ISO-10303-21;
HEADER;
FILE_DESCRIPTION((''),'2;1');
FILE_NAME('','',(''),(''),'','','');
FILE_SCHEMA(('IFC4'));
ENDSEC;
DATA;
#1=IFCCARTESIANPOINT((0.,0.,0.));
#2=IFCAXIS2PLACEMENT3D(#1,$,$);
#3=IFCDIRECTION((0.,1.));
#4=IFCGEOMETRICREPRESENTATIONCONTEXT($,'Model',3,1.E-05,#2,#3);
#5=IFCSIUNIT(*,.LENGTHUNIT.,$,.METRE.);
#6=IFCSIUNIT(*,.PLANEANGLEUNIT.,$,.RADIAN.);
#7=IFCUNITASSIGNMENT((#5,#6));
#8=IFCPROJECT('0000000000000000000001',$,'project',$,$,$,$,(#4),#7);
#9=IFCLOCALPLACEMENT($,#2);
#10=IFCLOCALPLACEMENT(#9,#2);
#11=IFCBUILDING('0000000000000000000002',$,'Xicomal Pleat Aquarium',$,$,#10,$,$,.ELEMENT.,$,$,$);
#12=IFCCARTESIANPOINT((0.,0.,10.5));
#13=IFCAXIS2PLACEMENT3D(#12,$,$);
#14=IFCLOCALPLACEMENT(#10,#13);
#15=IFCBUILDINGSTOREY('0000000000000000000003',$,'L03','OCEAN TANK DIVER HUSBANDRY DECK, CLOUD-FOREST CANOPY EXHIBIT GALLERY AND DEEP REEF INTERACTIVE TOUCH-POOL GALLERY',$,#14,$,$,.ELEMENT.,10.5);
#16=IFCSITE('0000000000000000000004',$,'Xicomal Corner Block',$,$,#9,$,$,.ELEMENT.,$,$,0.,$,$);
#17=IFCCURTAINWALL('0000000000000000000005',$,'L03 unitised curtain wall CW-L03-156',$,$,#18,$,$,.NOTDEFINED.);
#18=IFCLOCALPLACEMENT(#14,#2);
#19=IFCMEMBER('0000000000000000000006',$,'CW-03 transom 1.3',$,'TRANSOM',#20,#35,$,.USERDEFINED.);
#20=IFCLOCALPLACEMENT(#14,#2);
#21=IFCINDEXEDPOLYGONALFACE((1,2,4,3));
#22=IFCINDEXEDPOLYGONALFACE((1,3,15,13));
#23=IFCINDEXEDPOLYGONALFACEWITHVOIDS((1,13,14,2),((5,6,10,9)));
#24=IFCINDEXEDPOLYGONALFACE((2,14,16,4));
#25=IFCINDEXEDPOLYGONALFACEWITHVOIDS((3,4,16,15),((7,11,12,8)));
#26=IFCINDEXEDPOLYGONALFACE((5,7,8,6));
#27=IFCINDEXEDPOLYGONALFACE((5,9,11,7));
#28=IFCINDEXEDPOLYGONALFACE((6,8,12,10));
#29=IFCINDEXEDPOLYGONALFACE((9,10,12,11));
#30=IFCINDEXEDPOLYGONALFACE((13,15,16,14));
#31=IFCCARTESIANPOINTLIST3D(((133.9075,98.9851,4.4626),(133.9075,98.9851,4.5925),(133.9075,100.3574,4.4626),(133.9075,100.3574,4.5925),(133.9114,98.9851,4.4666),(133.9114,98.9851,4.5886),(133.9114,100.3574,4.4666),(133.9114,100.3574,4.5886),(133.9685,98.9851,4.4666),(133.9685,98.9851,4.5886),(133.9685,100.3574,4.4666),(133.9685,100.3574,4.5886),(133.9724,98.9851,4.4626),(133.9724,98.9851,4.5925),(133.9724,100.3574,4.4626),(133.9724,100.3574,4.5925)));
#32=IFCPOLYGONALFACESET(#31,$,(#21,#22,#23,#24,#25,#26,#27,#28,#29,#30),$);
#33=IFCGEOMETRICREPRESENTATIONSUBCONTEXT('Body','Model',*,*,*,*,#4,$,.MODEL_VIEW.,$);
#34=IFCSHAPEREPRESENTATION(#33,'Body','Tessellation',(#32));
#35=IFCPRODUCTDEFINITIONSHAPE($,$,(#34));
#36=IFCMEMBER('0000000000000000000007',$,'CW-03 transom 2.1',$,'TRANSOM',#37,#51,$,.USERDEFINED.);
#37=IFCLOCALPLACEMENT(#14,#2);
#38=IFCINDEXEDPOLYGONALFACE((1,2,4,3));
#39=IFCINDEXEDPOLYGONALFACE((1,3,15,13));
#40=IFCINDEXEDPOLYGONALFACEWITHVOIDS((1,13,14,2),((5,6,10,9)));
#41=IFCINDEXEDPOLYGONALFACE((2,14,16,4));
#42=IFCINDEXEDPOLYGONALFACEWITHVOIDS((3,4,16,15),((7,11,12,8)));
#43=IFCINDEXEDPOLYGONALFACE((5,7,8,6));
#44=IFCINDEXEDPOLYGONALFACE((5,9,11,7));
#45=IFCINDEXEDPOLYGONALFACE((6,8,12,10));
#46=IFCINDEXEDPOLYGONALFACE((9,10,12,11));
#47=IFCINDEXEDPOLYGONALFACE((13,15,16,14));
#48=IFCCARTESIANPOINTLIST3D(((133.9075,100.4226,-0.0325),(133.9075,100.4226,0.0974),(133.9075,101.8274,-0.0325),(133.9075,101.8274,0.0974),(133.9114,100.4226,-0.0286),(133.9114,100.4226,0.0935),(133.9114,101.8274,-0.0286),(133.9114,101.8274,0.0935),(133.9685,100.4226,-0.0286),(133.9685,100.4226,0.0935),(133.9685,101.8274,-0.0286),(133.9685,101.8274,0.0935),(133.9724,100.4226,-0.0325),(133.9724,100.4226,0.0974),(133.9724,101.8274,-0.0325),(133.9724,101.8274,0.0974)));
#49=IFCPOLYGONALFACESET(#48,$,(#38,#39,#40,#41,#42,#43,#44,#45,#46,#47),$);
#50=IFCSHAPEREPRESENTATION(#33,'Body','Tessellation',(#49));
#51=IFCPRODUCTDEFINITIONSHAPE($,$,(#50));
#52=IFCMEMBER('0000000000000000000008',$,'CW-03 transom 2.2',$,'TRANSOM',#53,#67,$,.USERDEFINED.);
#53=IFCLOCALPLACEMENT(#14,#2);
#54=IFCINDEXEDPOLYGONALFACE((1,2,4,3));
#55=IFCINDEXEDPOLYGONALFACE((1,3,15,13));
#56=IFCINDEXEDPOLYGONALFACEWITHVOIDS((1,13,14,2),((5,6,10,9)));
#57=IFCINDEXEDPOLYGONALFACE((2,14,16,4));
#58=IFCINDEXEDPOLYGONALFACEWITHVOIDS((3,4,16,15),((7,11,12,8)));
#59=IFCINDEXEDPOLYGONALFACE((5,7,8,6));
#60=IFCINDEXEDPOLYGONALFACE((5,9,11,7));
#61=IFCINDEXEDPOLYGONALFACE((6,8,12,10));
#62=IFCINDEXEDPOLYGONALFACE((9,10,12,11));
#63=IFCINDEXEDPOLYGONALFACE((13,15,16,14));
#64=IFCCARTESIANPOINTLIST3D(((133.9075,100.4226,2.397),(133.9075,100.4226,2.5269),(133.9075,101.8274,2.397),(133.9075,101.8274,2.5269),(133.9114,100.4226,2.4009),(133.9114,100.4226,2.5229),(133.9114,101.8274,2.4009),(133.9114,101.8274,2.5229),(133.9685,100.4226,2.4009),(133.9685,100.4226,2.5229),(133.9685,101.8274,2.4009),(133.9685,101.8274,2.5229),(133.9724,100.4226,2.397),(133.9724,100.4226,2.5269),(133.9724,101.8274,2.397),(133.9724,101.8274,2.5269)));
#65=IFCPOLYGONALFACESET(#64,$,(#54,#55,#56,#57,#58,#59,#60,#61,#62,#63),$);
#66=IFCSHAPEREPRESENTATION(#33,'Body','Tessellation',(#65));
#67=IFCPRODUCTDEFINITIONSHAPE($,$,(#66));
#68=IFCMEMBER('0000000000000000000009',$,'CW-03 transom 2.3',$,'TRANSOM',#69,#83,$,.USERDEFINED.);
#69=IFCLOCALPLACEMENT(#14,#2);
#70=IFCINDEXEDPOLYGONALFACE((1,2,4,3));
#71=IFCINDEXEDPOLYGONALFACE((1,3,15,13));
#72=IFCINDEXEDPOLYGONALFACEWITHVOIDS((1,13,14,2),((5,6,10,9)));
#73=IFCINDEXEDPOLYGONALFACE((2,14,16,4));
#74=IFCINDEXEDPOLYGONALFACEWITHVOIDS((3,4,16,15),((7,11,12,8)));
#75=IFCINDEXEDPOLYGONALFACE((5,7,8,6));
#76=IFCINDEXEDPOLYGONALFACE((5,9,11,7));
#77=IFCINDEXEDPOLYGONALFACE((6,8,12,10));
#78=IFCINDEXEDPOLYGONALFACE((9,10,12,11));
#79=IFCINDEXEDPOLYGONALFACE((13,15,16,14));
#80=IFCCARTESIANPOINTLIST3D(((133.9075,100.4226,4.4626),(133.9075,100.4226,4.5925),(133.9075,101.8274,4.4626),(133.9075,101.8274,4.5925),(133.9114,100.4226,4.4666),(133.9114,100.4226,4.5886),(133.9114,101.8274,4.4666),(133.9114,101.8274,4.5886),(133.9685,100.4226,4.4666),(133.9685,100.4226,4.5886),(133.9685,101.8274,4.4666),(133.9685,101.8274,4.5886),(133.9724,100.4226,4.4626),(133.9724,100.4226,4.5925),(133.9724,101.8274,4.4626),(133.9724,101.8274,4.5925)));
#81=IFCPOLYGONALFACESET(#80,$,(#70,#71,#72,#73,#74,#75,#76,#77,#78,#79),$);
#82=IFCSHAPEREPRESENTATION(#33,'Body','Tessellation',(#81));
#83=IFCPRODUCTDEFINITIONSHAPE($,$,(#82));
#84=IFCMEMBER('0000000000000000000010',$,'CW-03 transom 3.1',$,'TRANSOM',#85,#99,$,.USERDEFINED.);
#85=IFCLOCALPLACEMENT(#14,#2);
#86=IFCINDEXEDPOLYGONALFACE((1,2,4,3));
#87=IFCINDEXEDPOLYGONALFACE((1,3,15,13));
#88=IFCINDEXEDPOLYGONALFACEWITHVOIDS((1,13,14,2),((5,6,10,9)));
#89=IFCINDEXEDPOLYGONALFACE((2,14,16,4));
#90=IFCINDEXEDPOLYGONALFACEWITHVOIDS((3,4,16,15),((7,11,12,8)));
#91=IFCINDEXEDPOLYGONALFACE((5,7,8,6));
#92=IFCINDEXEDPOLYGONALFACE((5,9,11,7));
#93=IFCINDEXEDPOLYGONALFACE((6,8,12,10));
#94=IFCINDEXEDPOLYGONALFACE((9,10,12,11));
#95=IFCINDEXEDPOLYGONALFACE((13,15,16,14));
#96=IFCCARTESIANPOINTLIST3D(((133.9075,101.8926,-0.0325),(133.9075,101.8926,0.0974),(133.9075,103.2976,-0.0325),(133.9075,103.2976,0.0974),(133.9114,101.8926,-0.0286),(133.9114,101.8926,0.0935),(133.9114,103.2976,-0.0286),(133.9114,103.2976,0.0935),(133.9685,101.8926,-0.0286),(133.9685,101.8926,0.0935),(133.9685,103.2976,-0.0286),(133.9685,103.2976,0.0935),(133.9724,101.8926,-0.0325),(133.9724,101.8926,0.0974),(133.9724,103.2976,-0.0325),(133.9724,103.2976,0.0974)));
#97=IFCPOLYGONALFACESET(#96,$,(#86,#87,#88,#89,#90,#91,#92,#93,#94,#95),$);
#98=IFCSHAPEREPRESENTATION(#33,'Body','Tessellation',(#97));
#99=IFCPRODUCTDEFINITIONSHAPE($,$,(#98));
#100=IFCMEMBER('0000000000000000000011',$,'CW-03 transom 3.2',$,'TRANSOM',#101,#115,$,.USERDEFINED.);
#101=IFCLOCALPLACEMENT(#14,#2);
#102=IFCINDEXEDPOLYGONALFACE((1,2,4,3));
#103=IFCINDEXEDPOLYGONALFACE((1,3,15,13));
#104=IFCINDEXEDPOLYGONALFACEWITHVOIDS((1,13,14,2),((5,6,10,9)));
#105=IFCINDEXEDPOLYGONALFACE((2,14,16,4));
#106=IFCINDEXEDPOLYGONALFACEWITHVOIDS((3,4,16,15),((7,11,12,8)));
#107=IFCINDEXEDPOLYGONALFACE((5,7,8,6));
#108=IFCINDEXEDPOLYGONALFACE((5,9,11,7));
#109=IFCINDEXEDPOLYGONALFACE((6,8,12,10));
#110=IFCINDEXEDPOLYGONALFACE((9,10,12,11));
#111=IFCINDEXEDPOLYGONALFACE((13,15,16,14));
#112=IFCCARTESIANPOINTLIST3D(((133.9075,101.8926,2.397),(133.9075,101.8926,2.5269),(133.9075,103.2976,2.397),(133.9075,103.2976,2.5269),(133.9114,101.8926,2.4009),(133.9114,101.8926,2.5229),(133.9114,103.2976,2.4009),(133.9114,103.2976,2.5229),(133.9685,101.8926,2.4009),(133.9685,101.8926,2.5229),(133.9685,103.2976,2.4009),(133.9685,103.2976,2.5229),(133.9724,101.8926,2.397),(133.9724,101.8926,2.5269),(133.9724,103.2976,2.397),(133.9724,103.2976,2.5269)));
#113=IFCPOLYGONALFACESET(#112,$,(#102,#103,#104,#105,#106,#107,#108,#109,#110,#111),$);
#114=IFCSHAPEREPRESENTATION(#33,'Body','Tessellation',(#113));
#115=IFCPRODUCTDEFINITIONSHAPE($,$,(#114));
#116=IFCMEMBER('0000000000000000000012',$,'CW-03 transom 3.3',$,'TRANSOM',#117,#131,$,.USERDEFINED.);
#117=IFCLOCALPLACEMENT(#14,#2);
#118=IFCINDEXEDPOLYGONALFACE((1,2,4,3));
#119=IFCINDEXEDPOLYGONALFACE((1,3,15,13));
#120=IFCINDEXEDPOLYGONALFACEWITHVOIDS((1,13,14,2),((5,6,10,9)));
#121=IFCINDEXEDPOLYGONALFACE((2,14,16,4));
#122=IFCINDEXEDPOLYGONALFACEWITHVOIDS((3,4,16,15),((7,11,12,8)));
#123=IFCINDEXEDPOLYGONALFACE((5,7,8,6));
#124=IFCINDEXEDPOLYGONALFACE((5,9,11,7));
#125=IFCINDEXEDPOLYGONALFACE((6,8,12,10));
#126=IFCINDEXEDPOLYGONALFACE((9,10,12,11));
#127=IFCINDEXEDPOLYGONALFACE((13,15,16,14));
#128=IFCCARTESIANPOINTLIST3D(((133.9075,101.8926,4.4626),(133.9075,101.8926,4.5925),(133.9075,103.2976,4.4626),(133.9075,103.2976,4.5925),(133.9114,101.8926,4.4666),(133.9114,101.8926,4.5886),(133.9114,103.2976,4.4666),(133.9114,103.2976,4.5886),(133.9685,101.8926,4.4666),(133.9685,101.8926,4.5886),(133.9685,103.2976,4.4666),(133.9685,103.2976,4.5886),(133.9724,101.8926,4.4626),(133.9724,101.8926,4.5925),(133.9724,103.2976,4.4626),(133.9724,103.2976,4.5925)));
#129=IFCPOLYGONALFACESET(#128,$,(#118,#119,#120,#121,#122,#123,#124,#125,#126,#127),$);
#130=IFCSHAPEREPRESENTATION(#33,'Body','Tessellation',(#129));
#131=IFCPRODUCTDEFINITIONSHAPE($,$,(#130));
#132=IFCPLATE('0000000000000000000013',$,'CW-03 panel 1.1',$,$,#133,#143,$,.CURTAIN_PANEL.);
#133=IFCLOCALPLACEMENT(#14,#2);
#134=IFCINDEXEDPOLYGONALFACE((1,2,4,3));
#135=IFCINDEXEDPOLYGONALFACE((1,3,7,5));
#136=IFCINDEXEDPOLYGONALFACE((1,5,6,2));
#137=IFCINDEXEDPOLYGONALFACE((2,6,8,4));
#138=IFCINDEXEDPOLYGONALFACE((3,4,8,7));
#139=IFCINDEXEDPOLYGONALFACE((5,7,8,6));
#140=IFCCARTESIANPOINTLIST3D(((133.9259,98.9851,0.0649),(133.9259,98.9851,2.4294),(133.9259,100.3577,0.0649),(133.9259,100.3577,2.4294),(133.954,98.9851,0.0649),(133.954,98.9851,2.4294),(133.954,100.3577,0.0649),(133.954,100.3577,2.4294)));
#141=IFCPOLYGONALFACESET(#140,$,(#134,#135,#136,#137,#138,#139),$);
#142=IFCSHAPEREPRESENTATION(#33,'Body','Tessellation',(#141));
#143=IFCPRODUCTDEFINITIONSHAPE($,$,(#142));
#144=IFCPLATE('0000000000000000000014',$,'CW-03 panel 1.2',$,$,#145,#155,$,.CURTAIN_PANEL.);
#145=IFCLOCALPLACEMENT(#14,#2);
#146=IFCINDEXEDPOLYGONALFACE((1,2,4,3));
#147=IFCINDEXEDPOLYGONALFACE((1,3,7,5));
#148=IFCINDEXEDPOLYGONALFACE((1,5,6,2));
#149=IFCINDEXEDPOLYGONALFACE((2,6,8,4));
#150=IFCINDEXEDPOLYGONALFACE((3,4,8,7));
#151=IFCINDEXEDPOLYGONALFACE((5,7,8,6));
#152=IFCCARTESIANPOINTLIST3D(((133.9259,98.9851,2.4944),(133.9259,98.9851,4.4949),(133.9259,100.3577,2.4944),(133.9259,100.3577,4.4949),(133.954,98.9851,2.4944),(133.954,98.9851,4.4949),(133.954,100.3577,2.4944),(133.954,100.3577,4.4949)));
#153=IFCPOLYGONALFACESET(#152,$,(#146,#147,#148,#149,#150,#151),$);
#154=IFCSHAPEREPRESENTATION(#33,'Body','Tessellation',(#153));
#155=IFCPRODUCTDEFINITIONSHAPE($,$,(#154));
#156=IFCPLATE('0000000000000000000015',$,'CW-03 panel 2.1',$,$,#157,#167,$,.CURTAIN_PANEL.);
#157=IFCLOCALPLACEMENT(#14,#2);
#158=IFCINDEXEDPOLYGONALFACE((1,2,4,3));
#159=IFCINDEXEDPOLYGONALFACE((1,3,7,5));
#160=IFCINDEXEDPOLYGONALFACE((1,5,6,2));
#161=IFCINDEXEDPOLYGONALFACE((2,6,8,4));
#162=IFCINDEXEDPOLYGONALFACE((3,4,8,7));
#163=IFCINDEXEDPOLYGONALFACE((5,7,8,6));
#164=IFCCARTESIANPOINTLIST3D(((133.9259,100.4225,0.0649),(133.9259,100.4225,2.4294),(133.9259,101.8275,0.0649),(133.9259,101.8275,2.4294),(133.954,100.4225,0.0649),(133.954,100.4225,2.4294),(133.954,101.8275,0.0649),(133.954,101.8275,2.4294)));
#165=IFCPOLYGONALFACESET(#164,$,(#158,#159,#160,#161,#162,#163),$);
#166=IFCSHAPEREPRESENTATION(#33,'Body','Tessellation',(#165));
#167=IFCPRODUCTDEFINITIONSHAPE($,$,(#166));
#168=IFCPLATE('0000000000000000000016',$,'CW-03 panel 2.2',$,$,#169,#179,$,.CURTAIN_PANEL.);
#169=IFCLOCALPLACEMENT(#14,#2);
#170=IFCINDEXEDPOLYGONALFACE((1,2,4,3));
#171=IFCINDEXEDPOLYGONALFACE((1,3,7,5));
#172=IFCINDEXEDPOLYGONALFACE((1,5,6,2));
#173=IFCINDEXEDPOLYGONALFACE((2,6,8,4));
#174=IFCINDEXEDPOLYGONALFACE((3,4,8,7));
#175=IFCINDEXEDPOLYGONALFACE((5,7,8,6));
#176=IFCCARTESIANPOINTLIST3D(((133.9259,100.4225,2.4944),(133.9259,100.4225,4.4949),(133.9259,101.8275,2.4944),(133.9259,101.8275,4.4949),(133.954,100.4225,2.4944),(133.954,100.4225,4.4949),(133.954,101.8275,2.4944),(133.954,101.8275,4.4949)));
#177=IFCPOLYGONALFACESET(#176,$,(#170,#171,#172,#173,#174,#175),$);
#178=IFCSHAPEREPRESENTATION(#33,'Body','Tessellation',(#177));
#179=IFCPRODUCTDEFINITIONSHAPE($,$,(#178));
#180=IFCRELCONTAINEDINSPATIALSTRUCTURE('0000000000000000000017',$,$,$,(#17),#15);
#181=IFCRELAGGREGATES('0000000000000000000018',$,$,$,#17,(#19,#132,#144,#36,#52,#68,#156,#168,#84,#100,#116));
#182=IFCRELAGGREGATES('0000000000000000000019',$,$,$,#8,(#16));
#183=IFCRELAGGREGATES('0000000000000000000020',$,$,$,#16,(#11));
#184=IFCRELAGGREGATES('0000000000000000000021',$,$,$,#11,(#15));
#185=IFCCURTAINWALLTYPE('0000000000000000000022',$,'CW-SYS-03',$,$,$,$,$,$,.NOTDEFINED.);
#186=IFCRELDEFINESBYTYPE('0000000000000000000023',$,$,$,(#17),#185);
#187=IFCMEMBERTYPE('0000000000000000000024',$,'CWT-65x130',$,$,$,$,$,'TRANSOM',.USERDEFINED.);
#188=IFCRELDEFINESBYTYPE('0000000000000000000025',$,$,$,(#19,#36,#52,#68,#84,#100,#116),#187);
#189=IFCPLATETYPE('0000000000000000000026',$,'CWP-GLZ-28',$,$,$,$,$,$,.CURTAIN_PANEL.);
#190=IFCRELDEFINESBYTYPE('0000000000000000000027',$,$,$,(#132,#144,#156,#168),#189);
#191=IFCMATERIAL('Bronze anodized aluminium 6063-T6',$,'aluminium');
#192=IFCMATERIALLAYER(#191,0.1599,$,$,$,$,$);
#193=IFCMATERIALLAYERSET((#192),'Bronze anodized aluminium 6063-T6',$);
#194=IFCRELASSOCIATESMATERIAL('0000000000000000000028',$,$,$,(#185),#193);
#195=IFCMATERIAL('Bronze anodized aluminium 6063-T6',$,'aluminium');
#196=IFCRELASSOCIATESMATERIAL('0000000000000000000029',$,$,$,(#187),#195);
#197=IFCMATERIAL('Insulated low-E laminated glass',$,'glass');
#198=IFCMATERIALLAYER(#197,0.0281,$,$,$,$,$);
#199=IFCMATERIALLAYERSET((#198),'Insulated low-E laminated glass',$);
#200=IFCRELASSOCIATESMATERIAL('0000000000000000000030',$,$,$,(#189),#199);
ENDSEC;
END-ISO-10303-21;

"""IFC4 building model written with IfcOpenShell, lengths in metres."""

from ifc_helpers import new_model, si_unit, direction, frame, origin, origin_2d, place, context, subcontext, project, spatial, rectangle, hollow_rectangle, extrude, material, layer, layer_set, material_profile, profile_set, type_object, element, aggregate, save


model = new_model("IFC4")

# Units and contexts
model_context = context("Model", 3, precision=1e-05, world=origin(), true_north=direction((0.0, 1.0)))
body_context = subcontext(model_context, "Body", "Model", "MODEL_VIEW")
ifc_project = project(units=[si_unit("LENGTHUNIT", "METRE"), si_unit("PLANEANGLEUNIT", "RADIAN")], contexts=[model_context])

# Site, building, storey
site_placement = place(None, origin())
site = spatial("IfcSite", under=ifc_project, at=site_placement, Name="Xicomal Corner Block", CompositionType="ELEMENT", RefElevation=0.0)
building_placement = place(site_placement, origin())
building = spatial("IfcBuilding", under=site, at=building_placement, Name="Xicomal Pleat Aquarium", CompositionType="ELEMENT")
storey_placement = place(building_placement, frame((0.0, 0.0, 10.5)))
storey = spatial("IfcBuildingStorey", under=building, at=storey_placement, Name="L03", Description="OCEAN TANK DIVER HUSBANDRY DECK, CLOUD-FOREST CANOPY EXHIBIT GALLERY AND DEEP REEF INTERACTIVE TOUCH-POOL GALLERY", CompositionType="ELEMENT", Elevation=10.5)

# Curtain wall, members, plates
ifc_material_1 = material(Name="Bronze anodized aluminium 6063-T6", Category="aluminium")
ifc_layer_1 = layer(ifc_material_1, 0.1599)
ifc_layer_set_1 = layer_set([ifc_layer_1], Name="Bronze anodized aluminium 6063-T6")
curtain_wall_type = type_object("IfcCurtainWallType", Name="CW-SYS-03", PredefinedType="NOTDEFINED", material=ifc_layer_set_1)
curtain_wall_placement = place(storey_placement, origin())
curtain_wall = element("IfcCurtainWall", 1, at=curtain_wall_placement, inside=storey, type_object=curtain_wall_type, Name="L03 unitised curtain wall CW-L03-156", PredefinedType="NOTDEFINED")
ifc_material_2 = material(Name="Bronze anodized aluminium 6063-T6", Category="aluminium")
ifc_material_profile_1 = material_profile(ifc_material_2, hollow_rectangle(XDim=0.0649, YDim=0.1299, WallThickness=0.0039, at=origin_2d()), Name="ALU TRAN 65x130")
ifc_profile_set_1 = profile_set([ifc_material_profile_1], Name="Bronze anodized aluminium 6063-T6")
member_type_1 = type_object("IfcMemberType", Name="CWT-65x130", ElementType="TRANSOM", PredefinedType="USERDEFINED", material=ifc_profile_set_1)
member_1_placement = place(storey_placement, frame((133.9399, 98.9851, 4.5276), z_axis=(0.0, 1.0, 0.0), x_axis=(-1.0, 0.0, 0.0)))
member_1 = element("IfcMember", 2, at=member_1_placement, type_object=member_type_1, Name="CW-03 transom 1.3", ObjectType="TRANSOM", PredefinedType="USERDEFINED", context=body_context, shape_type="SweptSolid", body=[
    extrude(hollow_rectangle(XDim=0.0649, YDim=0.1299, WallThickness=0.0039, at=origin_2d()), origin(), (0.0, 0.0, 1.0), 1.3723),
])
member_2_placement = place(storey_placement, frame((133.9399, 100.4226, 0.0325), z_axis=(0.0, 1.0, 0.0), x_axis=(-1.0, 0.0, 0.0)))
member_2 = element("IfcMember", 3, at=member_2_placement, type_object=member_type_1, Name="CW-03 transom 2.1", ObjectType="TRANSOM", PredefinedType="USERDEFINED", context=body_context, shape_type="SweptSolid", body=[
    extrude(hollow_rectangle(XDim=0.0649, YDim=0.1299, WallThickness=0.0039, at=origin_2d()), origin(), (0.0, 0.0, 1.0), 1.4048),
])
member_3_placement = place(storey_placement, frame((133.9399, 100.4226, 2.4619), z_axis=(0.0, 1.0, 0.0), x_axis=(-1.0, 0.0, 0.0)))
member_3 = element("IfcMember", 4, at=member_3_placement, type_object=member_type_1, Name="CW-03 transom 2.2", ObjectType="TRANSOM", PredefinedType="USERDEFINED", context=body_context, shape_type="SweptSolid", body=[
    extrude(hollow_rectangle(XDim=0.0649, YDim=0.1299, WallThickness=0.0039, at=origin_2d()), origin(), (0.0, 0.0, 1.0), 1.4048),
])
member_4_placement = place(storey_placement, frame((133.9399, 100.4226, 4.5276), z_axis=(0.0, 1.0, 0.0), x_axis=(-1.0, 0.0, 0.0)))
member_4 = element("IfcMember", 5, at=member_4_placement, type_object=member_type_1, Name="CW-03 transom 2.3", ObjectType="TRANSOM", PredefinedType="USERDEFINED", context=body_context, shape_type="SweptSolid", body=[
    extrude(hollow_rectangle(XDim=0.0649, YDim=0.1299, WallThickness=0.0039, at=origin_2d()), origin(), (0.0, 0.0, 1.0), 1.4048),
])
member_5_placement = place(storey_placement, frame((133.9399, 101.8926, 0.0325), z_axis=(0.0, 1.0, 0.0), x_axis=(-1.0, 0.0, 0.0)))
member_5 = element("IfcMember", 6, at=member_5_placement, type_object=member_type_1, Name="CW-03 transom 3.1", ObjectType="TRANSOM", PredefinedType="USERDEFINED", context=body_context, shape_type="SweptSolid", body=[
    extrude(hollow_rectangle(XDim=0.0649, YDim=0.1299, WallThickness=0.0039, at=origin_2d()), origin(), (0.0, 0.0, 1.0), 1.405),
])
member_6_placement = place(storey_placement, frame((133.9399, 101.8926, 2.4619), z_axis=(0.0, 1.0, 0.0), x_axis=(-1.0, 0.0, 0.0)))
member_6 = element("IfcMember", 7, at=member_6_placement, type_object=member_type_1, Name="CW-03 transom 3.2", ObjectType="TRANSOM", PredefinedType="USERDEFINED", context=body_context, shape_type="SweptSolid", body=[
    extrude(hollow_rectangle(XDim=0.0649, YDim=0.1299, WallThickness=0.0039, at=origin_2d()), origin(), (0.0, 0.0, 1.0), 1.405),
])
member_7_placement = place(storey_placement, frame((133.9399, 101.8926, 4.5276), z_axis=(0.0, 1.0, 0.0), x_axis=(-1.0, 0.0, 0.0)))
member_7 = element("IfcMember", 8, at=member_7_placement, type_object=member_type_1, Name="CW-03 transom 3.3", ObjectType="TRANSOM", PredefinedType="USERDEFINED", context=body_context, shape_type="SweptSolid", body=[
    extrude(hollow_rectangle(XDim=0.0649, YDim=0.1299, WallThickness=0.0039, at=origin_2d()), origin(), (0.0, 0.0, 1.0), 1.405),
])
ifc_material_3 = material(Name="Insulated low-E laminated glass", Category="glass")
ifc_layer_2 = layer(ifc_material_3, 0.0281)
ifc_layer_set_2 = layer_set([ifc_layer_2], Name="Insulated low-E laminated glass")
plate_type = type_object("IfcPlateType", Name="CWP-GLZ-28", PredefinedType="CURTAIN_PANEL", material=ifc_layer_set_2)
plate_1_placement = place(storey_placement, frame((133.9399, 99.6714, 0.0649), z_axis=(0.0, 0.0, 1.0), x_axis=(0.0, 1.0, 0.0)))
plate_1 = element("IfcPlate", 9, at=plate_1_placement, type_object=plate_type, Name="CW-03 panel 1.1", PredefinedType="CURTAIN_PANEL", context=body_context, shape_type="SweptSolid", body=[
    extrude(rectangle(XDim=1.3726, YDim=0.0281, at=origin_2d()), origin(), (0.0, 0.0, 1.0), 2.3645),
])
plate_2_placement = place(storey_placement, frame((133.9399, 99.6714, 2.4944), z_axis=(0.0, 0.0, 1.0), x_axis=(0.0, 1.0, 0.0)))
plate_2 = element("IfcPlate", 10, at=plate_2_placement, type_object=plate_type, Name="CW-03 panel 1.2", PredefinedType="CURTAIN_PANEL", context=body_context, shape_type="SweptSolid", body=[
    extrude(rectangle(XDim=1.3726, YDim=0.0281, at=origin_2d()), origin(), (0.0, 0.0, 1.0), 2.0005),
])
plate_3_placement = place(storey_placement, frame((133.9399, 101.125, 0.0649), z_axis=(0.0, 0.0, 1.0), x_axis=(0.0, 1.0, 0.0)))
plate_3 = element("IfcPlate", 11, at=plate_3_placement, type_object=plate_type, Name="CW-03 panel 2.1", PredefinedType="CURTAIN_PANEL", context=body_context, shape_type="SweptSolid", body=[
    extrude(rectangle(XDim=1.405, YDim=0.0281, at=origin_2d()), origin(), (0.0, 0.0, 1.0), 2.3645),
])
plate_4_placement = place(storey_placement, frame((133.9399, 101.125, 2.4944), z_axis=(0.0, 0.0, 1.0), x_axis=(0.0, 1.0, 0.0)))
plate_4 = element("IfcPlate", 12, at=plate_4_placement, type_object=plate_type, Name="CW-03 panel 2.2", PredefinedType="CURTAIN_PANEL", context=body_context, shape_type="SweptSolid", body=[
    extrude(rectangle(XDim=1.405, YDim=0.0281, at=origin_2d()), origin(), (0.0, 0.0, 1.0), 2.0005),
])
aggregate(curtain_wall, [member_1, plate_1, plate_2, member_2, member_3, member_4, plate_3, plate_4, member_5, member_6, member_7])

save(model, "model.ifc")
